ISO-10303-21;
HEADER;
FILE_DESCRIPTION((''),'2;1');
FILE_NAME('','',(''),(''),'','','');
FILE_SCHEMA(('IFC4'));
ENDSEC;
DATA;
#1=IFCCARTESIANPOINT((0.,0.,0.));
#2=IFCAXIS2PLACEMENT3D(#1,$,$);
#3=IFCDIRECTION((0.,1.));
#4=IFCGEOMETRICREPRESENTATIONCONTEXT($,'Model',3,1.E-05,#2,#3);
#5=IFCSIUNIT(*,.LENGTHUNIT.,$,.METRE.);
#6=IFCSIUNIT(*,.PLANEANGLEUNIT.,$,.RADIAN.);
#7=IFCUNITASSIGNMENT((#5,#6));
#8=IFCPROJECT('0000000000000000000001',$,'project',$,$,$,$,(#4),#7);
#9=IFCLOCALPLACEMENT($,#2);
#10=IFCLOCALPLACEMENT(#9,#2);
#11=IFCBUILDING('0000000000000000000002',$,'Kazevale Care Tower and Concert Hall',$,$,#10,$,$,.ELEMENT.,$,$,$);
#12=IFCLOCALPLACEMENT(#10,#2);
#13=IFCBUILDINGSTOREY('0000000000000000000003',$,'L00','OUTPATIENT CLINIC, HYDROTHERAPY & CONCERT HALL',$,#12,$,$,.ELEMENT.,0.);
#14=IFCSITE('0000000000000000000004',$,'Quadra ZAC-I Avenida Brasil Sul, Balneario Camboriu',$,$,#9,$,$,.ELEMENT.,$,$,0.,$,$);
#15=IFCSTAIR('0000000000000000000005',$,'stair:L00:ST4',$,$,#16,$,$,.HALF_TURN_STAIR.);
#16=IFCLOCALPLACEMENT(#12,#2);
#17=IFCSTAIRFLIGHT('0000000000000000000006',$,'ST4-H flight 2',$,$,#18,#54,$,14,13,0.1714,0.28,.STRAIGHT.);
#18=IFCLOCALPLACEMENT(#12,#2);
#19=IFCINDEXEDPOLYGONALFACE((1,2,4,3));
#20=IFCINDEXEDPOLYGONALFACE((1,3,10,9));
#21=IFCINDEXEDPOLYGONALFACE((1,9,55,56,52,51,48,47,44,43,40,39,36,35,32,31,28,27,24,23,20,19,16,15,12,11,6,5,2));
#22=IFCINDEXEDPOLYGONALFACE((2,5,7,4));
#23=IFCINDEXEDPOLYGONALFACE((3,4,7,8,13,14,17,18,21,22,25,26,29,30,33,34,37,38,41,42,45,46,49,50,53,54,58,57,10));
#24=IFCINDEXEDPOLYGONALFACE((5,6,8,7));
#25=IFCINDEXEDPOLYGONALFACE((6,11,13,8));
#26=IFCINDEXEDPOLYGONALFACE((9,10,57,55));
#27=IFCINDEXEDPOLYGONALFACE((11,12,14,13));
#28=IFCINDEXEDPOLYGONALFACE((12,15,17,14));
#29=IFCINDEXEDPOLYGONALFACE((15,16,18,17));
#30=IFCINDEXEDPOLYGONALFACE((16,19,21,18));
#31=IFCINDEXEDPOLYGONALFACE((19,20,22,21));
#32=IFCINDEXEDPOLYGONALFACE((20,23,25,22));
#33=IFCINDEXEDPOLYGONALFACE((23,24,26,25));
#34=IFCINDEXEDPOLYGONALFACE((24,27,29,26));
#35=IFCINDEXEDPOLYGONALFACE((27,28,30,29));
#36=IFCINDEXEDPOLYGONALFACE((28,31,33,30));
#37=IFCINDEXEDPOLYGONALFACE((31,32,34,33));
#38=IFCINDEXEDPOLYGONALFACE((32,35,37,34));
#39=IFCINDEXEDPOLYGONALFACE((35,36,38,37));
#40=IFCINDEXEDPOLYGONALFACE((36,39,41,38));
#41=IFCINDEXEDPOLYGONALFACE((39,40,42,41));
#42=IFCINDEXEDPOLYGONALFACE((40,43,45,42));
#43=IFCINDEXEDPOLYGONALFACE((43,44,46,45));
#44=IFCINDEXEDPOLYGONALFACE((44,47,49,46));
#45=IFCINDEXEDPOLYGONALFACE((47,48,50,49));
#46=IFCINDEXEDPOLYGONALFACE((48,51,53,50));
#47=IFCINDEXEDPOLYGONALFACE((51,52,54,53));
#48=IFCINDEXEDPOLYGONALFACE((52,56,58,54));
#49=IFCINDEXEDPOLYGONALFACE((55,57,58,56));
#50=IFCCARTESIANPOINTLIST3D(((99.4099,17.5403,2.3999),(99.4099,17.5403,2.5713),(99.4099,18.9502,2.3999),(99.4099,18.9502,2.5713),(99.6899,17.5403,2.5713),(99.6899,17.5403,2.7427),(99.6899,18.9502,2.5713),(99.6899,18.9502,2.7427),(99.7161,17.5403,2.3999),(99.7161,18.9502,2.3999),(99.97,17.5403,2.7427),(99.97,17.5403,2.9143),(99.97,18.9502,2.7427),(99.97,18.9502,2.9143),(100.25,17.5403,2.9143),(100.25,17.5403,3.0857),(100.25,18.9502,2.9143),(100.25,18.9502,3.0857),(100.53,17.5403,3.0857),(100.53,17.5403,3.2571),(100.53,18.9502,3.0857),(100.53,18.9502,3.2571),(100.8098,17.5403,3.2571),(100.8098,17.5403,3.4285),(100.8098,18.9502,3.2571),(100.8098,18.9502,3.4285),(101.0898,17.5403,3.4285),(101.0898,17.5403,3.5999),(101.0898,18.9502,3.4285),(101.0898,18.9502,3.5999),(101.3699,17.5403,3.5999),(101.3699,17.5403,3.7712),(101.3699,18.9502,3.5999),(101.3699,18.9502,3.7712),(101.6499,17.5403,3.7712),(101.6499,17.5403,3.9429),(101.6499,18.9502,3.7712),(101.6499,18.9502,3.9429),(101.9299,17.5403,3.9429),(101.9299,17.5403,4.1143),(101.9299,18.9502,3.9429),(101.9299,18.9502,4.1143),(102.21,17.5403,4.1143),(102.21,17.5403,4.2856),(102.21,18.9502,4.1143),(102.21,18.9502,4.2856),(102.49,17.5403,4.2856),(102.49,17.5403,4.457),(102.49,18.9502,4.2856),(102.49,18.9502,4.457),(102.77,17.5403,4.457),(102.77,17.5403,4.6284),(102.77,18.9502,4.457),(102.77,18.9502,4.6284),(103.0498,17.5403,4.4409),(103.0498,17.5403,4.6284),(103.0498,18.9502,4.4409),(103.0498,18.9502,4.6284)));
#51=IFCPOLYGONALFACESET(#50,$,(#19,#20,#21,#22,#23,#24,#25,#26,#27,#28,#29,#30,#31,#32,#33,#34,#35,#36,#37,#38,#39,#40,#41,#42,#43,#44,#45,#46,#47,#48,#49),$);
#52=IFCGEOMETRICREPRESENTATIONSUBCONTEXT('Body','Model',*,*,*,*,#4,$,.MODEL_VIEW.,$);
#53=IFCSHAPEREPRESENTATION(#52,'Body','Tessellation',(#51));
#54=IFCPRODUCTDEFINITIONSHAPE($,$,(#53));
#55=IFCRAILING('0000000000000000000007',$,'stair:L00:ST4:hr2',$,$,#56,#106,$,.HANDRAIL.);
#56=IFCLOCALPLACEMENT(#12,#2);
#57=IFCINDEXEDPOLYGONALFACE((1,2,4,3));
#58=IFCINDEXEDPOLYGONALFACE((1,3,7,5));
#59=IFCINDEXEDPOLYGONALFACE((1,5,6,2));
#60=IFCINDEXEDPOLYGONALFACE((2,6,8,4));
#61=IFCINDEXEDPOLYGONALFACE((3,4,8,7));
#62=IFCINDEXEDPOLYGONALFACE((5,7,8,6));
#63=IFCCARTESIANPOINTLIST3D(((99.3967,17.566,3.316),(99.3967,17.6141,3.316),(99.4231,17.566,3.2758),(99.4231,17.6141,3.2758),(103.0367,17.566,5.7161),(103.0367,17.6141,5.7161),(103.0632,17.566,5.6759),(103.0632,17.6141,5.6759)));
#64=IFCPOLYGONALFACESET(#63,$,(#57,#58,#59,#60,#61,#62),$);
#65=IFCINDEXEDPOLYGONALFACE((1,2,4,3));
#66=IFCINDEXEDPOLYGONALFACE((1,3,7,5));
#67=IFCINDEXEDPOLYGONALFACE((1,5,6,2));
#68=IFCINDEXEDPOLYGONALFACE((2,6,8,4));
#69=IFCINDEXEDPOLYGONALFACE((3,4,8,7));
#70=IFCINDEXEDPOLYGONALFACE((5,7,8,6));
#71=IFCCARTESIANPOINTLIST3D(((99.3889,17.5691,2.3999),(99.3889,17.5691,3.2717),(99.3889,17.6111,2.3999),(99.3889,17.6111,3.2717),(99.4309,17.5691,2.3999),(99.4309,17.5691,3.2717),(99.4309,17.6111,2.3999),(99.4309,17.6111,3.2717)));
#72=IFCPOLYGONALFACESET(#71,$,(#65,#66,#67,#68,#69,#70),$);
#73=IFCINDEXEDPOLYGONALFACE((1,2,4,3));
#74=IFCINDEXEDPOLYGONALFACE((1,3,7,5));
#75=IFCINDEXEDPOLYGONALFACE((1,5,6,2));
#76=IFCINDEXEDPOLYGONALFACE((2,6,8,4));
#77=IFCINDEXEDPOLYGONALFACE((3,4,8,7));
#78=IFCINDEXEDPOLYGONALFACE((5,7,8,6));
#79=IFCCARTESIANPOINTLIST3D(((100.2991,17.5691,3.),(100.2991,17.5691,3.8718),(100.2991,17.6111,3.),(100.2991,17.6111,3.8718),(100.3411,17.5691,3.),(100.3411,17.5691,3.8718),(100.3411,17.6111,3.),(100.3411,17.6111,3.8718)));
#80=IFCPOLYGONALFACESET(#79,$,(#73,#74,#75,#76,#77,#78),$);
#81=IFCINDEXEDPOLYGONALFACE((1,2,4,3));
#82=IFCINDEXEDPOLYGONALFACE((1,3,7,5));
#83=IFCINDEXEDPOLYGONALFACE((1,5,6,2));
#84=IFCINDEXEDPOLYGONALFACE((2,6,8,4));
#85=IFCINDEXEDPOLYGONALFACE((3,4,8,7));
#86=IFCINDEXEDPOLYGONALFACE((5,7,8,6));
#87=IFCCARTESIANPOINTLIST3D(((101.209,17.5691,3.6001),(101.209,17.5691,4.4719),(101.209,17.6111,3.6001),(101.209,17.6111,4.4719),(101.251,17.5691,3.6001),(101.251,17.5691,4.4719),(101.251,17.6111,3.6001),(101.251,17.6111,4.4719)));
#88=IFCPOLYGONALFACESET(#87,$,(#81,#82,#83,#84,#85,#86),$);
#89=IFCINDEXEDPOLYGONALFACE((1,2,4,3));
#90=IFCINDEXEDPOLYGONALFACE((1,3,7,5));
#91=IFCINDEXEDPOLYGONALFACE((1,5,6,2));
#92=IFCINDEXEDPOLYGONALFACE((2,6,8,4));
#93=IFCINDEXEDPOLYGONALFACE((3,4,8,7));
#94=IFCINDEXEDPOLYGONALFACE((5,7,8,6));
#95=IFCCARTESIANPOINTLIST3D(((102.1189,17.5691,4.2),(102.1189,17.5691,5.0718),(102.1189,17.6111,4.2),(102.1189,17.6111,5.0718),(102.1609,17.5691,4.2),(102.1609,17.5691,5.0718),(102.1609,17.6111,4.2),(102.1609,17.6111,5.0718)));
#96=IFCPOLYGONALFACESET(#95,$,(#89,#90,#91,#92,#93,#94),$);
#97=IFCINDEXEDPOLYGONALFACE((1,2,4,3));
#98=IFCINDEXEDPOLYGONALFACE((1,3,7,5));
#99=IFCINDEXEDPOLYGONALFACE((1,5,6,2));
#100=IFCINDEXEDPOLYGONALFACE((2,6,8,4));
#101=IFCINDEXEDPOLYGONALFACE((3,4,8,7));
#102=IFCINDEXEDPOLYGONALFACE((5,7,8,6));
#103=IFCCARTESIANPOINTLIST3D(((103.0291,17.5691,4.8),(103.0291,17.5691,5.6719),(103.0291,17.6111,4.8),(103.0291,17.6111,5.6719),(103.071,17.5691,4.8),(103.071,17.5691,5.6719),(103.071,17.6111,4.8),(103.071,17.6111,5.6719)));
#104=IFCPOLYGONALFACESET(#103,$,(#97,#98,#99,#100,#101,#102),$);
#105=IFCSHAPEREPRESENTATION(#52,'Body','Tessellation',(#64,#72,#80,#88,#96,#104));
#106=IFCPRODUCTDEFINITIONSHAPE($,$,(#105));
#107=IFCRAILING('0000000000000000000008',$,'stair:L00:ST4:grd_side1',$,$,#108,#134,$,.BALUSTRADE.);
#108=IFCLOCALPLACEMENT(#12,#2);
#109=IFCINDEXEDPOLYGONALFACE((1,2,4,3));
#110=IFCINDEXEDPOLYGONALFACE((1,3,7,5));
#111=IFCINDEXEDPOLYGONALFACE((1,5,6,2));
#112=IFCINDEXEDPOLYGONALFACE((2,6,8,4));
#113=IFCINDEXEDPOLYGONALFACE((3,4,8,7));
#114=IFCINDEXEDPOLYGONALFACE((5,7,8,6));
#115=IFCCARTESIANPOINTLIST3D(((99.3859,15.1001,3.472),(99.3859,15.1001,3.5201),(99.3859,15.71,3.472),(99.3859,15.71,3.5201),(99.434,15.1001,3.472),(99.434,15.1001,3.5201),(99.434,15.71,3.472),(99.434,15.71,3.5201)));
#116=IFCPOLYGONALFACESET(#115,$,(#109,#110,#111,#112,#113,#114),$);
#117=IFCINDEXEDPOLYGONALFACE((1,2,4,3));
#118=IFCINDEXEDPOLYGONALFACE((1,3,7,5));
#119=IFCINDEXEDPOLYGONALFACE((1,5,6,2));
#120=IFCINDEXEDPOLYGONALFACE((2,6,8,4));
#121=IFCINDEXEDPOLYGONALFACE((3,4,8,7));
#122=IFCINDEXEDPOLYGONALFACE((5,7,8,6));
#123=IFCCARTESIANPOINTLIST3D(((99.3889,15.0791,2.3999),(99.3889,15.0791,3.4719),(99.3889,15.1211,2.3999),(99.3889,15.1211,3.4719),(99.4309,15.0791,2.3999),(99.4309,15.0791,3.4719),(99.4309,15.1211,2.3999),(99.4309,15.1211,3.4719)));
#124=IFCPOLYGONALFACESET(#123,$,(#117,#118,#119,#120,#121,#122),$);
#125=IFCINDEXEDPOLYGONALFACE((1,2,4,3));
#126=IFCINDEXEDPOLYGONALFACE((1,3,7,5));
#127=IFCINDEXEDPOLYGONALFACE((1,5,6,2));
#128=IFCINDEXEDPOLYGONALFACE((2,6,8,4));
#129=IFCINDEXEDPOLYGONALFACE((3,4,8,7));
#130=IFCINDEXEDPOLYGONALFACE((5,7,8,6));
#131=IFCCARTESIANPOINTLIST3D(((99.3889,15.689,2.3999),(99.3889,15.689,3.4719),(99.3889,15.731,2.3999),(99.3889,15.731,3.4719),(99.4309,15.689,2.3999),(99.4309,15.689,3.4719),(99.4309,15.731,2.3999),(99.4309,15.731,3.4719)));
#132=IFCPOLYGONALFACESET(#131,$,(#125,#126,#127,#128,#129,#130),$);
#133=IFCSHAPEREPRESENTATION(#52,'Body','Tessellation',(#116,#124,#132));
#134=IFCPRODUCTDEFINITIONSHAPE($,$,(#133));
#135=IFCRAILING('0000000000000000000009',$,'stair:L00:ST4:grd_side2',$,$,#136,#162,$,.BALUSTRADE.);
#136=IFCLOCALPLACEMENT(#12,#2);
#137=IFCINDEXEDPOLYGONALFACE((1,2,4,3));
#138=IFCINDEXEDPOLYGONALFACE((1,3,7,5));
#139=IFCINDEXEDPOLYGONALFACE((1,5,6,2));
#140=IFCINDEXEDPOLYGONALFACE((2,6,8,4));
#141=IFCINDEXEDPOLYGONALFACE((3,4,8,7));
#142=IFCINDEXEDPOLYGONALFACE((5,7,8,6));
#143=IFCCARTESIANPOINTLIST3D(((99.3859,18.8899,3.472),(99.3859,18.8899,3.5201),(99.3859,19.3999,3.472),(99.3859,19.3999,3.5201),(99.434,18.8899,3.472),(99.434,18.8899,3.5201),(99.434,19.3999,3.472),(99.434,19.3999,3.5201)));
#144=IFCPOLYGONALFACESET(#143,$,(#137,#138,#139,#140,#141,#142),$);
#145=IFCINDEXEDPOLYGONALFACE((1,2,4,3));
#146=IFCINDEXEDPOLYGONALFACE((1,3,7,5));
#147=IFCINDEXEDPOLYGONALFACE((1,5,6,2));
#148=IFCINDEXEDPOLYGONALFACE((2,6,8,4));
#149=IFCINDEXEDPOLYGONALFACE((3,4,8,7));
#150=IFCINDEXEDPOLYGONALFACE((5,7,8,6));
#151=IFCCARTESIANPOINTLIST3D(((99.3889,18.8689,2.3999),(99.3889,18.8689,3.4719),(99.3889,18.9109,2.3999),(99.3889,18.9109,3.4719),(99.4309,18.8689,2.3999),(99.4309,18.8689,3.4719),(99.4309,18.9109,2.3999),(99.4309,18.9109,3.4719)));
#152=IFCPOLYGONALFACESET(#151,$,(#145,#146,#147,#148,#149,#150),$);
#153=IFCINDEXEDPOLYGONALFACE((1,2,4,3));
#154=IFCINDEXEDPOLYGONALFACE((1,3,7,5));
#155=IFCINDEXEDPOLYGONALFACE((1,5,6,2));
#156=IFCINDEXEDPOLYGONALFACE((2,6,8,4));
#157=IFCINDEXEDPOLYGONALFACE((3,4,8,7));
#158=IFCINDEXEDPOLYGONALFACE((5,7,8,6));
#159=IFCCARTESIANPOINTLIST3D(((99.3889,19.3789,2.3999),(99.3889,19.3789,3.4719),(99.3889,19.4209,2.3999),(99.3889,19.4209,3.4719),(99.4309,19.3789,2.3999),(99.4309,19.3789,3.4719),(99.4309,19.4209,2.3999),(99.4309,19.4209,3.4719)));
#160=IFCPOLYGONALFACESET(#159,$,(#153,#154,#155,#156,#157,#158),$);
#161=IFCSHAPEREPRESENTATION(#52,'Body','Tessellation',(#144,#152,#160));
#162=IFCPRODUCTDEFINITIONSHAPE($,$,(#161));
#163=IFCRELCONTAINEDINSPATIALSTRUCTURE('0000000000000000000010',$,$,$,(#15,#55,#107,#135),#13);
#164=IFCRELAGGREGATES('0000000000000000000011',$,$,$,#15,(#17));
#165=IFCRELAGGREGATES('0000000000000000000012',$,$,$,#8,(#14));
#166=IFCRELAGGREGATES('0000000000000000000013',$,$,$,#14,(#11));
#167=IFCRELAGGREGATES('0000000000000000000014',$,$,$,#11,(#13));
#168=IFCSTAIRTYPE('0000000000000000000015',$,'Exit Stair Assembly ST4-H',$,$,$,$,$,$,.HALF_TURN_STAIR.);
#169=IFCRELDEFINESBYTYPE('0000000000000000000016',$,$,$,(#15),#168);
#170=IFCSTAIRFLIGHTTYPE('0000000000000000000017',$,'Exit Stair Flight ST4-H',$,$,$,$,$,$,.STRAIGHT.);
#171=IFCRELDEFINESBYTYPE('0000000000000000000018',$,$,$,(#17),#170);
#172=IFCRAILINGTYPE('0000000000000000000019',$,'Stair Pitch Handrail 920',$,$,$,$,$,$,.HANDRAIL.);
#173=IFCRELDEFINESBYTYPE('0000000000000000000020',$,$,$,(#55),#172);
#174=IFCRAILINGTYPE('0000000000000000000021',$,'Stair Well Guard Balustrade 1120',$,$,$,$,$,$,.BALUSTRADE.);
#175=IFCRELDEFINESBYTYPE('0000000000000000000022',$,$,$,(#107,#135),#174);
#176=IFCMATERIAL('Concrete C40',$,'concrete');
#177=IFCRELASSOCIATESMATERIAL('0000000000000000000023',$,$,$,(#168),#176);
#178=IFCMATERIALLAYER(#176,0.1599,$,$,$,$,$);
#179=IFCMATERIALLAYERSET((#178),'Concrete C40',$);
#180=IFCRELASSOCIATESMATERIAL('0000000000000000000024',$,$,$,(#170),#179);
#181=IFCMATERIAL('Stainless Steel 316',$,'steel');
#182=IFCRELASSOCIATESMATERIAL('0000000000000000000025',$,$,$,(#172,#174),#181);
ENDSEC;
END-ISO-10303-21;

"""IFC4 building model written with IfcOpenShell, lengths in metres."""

from ifc_helpers import new_model, si_unit, direction, frame, origin, origin_2d, place, context, subcontext, project, spatial, polyline, rectangle, outline, extrude, material, layer, layer_set, type_object, element, aggregate, save


model = new_model("IFC4")

# Units and contexts
model_context = context("Model", 3, precision=1e-05, world=origin(), true_north=direction((0.0, 1.0)))
body_context = subcontext(model_context, "Body", "Model", "MODEL_VIEW")
ifc_project = project(units=[si_unit("LENGTHUNIT", "METRE"), si_unit("PLANEANGLEUNIT", "RADIAN")], contexts=[model_context])

# Site, building, storey
site_placement = place(None, origin())
site = spatial("IfcSite", under=ifc_project, at=site_placement, Name="Quadra ZAC-I Avenida Brasil Sul, Balneario Camboriu", CompositionType="ELEMENT", RefElevation=0.0)
building_placement = place(site_placement, origin())
building = spatial("IfcBuilding", under=site, at=building_placement, Name="Kazevale Care Tower and Concert Hall", CompositionType="ELEMENT")
storey_placement = place(building_placement, origin())
storey = spatial("IfcBuildingStorey", under=building, at=storey_placement, Name="L00", Description="OUTPATIENT CLINIC, HYDROTHERAPY & CONCERT HALL", CompositionType="ELEMENT", Elevation=0.0)

# Stair, stair flight
ifc_material_1 = material(Name="Concrete C40", Category="concrete")
stair_type = type_object("IfcStairType", Name="Exit Stair Assembly ST4-H", PredefinedType="HALF_TURN_STAIR", material=ifc_material_1)
stair_placement = place(storey_placement, origin())
stair = element("IfcStair", 1, at=stair_placement, inside=storey, type_object=stair_type, Name="stair:L00:ST4", PredefinedType="HALF_TURN_STAIR")
ifc_layer_1 = layer(ifc_material_1, 0.1599)
ifc_layer_set_1 = layer_set([ifc_layer_1], Name="Concrete C40")
stair_flight_type = type_object("IfcStairFlightType", Name="Exit Stair Flight ST4-H", PredefinedType="STRAIGHT", material=ifc_layer_set_1)
stair_flight_placement = place(storey_placement, frame((99.4099, 18.2451, 2.3999), z_axis=(0.0, 0.0, 1.0), x_axis=(1.0, 0.0, 0.0)))
stair_flight = element("IfcStairFlight", 2, at=stair_flight_placement, type_object=stair_flight_type, Name="ST4-H flight 2", NumberOfRisers=14, NumberOfTreads=13, PredefinedType="STRAIGHT", RiserHeight=0.1714, TreadLength=0.28, context=body_context, shape_type="SweptSolid", body=[
    extrude(outline(polyline([(0.0, 0.0), (0.0, 0.1714), (0.28, 0.1714), (0.28, 0.3428), (0.5601, 0.3428), (0.5601, 0.5144), (0.8401, 0.5144), (0.8401, 0.6858), (1.1201, 0.6858), (1.1201, 0.8572), (1.3999, 0.8572), (1.3999, 1.0286), (1.6799, 1.0286), (1.6799, 1.2), (1.96, 1.2), (1.96, 1.3713), (2.24, 1.3713), (2.24, 1.543), (2.52, 1.543), (2.52, 1.7144), (2.8, 1.7144), (2.8, 1.8857), (3.0801, 1.8857), (3.0801, 2.0571), (3.3601, 2.0571), (3.3601, 2.2285), (3.6399, 2.2285), (3.6399, 2.3999), (3.6399, 2.041), (0.3062, 0.0), (0.0, 0.0)])), frame((0.0, 0.7051, 0.0), z_axis=(0.0, -1.0, 0.0), x_axis=(1.0, 0.0, 0.0)), (0.0, 0.0, 1.0), 1.4099),
])
aggregate(stair, [stair_flight])

# Railings
ifc_material_2 = material(Name="Stainless Steel 316", Category="steel")
railing_type_1 = type_object("IfcRailingType", Name="Stair Pitch Handrail 920", PredefinedType="HANDRAIL", material=ifc_material_2)
railing_1_placement = place(storey_placement, frame((99.4099, 17.5901, 2.3999)))
element("IfcRailing", 3, at=railing_1_placement, inside=storey, type_object=railing_type_1, Name="stair:L00:ST4:hr2", PredefinedType="HANDRAIL", context=body_context, shape_type="SweptSolid", body=[
    extrude(rectangle(XDim=0.0481, YDim=0.0481, at=origin_2d()), frame((0.0, 0.0, 0.896), z_axis=(0.834856, 0.0, 0.550468), x_axis=(0.0, 1.0, 0.0)), (0.0, 0.0, 1.0), 4.3601),
    extrude(rectangle(XDim=0.042, YDim=0.042, at=origin_2d()), origin(), (0.0, 0.0, 1.0), 0.8718),
    extrude(rectangle(XDim=0.042, YDim=0.042, at=origin_2d()), frame((0.9102, 0.0, 0.6001)), (0.0, 0.0, 1.0), 0.8718),
    extrude(rectangle(XDim=0.042, YDim=0.042, at=origin_2d()), frame((1.8201, 0.0, 1.2002)), (0.0, 0.0, 1.0), 0.8718),
    extrude(rectangle(XDim=0.042, YDim=0.042, at=origin_2d()), frame((2.73, 0.0, 1.8)), (0.0, 0.0, 1.0), 0.8718),
    extrude(rectangle(XDim=0.042, YDim=0.042, at=origin_2d()), frame((3.6401, 0.0, 2.4001)), (0.0, 0.0, 1.0), 0.8718),
])
railing_type_2 = type_object("IfcRailingType", Name="Stair Well Guard Balustrade 1120", PredefinedType="BALUSTRADE", material=ifc_material_2)
railing_2_placement = place(storey_placement, frame((99.4099, 15.1001, 2.3999)))
element("IfcRailing", 4, at=railing_2_placement, inside=storey, type_object=railing_type_2, Name="stair:L00:ST4:grd_side1", PredefinedType="BALUSTRADE", context=body_context, shape_type="SweptSolid", body=[
    extrude(rectangle(XDim=0.0481, YDim=0.0481, at=origin_2d()), frame((0.0, 0.0, 1.0962), z_axis=(0.0, 1.0, 0.0), x_axis=(-1.0, 0.0, 0.0)), (0.0, 0.0, 1.0), 0.6099),
    extrude(rectangle(XDim=0.042, YDim=0.042, at=origin_2d()), origin(), (0.0, 0.0, 1.0), 1.072),
    extrude(rectangle(XDim=0.042, YDim=0.042, at=origin_2d()), frame((0.0, 0.6099, 0.0)), (0.0, 0.0, 1.0), 1.072),
])
railing_3_placement = place(storey_placement, frame((99.4099, 18.8899, 2.3999)))
element("IfcRailing", 5, at=railing_3_placement, inside=storey, type_object=railing_type_2, Name="stair:L00:ST4:grd_side2", PredefinedType="BALUSTRADE", context=body_context, shape_type="SweptSolid", body=[
    extrude(rectangle(XDim=0.0481, YDim=0.0481, at=origin_2d()), frame((0.0, 0.0, 1.0962), z_axis=(0.0, 1.0, 0.0), x_axis=(-1.0, 0.0, 0.0)), (0.0, 0.0, 1.0), 0.51),
    extrude(rectangle(XDim=0.042, YDim=0.042, at=origin_2d()), origin(), (0.0, 0.0, 1.0), 1.072),
    extrude(rectangle(XDim=0.042, YDim=0.042, at=origin_2d()), frame((0.0, 0.51, 0.0)), (0.0, 0.0, 1.0), 1.072),
])

save(model, "model.ifc")
